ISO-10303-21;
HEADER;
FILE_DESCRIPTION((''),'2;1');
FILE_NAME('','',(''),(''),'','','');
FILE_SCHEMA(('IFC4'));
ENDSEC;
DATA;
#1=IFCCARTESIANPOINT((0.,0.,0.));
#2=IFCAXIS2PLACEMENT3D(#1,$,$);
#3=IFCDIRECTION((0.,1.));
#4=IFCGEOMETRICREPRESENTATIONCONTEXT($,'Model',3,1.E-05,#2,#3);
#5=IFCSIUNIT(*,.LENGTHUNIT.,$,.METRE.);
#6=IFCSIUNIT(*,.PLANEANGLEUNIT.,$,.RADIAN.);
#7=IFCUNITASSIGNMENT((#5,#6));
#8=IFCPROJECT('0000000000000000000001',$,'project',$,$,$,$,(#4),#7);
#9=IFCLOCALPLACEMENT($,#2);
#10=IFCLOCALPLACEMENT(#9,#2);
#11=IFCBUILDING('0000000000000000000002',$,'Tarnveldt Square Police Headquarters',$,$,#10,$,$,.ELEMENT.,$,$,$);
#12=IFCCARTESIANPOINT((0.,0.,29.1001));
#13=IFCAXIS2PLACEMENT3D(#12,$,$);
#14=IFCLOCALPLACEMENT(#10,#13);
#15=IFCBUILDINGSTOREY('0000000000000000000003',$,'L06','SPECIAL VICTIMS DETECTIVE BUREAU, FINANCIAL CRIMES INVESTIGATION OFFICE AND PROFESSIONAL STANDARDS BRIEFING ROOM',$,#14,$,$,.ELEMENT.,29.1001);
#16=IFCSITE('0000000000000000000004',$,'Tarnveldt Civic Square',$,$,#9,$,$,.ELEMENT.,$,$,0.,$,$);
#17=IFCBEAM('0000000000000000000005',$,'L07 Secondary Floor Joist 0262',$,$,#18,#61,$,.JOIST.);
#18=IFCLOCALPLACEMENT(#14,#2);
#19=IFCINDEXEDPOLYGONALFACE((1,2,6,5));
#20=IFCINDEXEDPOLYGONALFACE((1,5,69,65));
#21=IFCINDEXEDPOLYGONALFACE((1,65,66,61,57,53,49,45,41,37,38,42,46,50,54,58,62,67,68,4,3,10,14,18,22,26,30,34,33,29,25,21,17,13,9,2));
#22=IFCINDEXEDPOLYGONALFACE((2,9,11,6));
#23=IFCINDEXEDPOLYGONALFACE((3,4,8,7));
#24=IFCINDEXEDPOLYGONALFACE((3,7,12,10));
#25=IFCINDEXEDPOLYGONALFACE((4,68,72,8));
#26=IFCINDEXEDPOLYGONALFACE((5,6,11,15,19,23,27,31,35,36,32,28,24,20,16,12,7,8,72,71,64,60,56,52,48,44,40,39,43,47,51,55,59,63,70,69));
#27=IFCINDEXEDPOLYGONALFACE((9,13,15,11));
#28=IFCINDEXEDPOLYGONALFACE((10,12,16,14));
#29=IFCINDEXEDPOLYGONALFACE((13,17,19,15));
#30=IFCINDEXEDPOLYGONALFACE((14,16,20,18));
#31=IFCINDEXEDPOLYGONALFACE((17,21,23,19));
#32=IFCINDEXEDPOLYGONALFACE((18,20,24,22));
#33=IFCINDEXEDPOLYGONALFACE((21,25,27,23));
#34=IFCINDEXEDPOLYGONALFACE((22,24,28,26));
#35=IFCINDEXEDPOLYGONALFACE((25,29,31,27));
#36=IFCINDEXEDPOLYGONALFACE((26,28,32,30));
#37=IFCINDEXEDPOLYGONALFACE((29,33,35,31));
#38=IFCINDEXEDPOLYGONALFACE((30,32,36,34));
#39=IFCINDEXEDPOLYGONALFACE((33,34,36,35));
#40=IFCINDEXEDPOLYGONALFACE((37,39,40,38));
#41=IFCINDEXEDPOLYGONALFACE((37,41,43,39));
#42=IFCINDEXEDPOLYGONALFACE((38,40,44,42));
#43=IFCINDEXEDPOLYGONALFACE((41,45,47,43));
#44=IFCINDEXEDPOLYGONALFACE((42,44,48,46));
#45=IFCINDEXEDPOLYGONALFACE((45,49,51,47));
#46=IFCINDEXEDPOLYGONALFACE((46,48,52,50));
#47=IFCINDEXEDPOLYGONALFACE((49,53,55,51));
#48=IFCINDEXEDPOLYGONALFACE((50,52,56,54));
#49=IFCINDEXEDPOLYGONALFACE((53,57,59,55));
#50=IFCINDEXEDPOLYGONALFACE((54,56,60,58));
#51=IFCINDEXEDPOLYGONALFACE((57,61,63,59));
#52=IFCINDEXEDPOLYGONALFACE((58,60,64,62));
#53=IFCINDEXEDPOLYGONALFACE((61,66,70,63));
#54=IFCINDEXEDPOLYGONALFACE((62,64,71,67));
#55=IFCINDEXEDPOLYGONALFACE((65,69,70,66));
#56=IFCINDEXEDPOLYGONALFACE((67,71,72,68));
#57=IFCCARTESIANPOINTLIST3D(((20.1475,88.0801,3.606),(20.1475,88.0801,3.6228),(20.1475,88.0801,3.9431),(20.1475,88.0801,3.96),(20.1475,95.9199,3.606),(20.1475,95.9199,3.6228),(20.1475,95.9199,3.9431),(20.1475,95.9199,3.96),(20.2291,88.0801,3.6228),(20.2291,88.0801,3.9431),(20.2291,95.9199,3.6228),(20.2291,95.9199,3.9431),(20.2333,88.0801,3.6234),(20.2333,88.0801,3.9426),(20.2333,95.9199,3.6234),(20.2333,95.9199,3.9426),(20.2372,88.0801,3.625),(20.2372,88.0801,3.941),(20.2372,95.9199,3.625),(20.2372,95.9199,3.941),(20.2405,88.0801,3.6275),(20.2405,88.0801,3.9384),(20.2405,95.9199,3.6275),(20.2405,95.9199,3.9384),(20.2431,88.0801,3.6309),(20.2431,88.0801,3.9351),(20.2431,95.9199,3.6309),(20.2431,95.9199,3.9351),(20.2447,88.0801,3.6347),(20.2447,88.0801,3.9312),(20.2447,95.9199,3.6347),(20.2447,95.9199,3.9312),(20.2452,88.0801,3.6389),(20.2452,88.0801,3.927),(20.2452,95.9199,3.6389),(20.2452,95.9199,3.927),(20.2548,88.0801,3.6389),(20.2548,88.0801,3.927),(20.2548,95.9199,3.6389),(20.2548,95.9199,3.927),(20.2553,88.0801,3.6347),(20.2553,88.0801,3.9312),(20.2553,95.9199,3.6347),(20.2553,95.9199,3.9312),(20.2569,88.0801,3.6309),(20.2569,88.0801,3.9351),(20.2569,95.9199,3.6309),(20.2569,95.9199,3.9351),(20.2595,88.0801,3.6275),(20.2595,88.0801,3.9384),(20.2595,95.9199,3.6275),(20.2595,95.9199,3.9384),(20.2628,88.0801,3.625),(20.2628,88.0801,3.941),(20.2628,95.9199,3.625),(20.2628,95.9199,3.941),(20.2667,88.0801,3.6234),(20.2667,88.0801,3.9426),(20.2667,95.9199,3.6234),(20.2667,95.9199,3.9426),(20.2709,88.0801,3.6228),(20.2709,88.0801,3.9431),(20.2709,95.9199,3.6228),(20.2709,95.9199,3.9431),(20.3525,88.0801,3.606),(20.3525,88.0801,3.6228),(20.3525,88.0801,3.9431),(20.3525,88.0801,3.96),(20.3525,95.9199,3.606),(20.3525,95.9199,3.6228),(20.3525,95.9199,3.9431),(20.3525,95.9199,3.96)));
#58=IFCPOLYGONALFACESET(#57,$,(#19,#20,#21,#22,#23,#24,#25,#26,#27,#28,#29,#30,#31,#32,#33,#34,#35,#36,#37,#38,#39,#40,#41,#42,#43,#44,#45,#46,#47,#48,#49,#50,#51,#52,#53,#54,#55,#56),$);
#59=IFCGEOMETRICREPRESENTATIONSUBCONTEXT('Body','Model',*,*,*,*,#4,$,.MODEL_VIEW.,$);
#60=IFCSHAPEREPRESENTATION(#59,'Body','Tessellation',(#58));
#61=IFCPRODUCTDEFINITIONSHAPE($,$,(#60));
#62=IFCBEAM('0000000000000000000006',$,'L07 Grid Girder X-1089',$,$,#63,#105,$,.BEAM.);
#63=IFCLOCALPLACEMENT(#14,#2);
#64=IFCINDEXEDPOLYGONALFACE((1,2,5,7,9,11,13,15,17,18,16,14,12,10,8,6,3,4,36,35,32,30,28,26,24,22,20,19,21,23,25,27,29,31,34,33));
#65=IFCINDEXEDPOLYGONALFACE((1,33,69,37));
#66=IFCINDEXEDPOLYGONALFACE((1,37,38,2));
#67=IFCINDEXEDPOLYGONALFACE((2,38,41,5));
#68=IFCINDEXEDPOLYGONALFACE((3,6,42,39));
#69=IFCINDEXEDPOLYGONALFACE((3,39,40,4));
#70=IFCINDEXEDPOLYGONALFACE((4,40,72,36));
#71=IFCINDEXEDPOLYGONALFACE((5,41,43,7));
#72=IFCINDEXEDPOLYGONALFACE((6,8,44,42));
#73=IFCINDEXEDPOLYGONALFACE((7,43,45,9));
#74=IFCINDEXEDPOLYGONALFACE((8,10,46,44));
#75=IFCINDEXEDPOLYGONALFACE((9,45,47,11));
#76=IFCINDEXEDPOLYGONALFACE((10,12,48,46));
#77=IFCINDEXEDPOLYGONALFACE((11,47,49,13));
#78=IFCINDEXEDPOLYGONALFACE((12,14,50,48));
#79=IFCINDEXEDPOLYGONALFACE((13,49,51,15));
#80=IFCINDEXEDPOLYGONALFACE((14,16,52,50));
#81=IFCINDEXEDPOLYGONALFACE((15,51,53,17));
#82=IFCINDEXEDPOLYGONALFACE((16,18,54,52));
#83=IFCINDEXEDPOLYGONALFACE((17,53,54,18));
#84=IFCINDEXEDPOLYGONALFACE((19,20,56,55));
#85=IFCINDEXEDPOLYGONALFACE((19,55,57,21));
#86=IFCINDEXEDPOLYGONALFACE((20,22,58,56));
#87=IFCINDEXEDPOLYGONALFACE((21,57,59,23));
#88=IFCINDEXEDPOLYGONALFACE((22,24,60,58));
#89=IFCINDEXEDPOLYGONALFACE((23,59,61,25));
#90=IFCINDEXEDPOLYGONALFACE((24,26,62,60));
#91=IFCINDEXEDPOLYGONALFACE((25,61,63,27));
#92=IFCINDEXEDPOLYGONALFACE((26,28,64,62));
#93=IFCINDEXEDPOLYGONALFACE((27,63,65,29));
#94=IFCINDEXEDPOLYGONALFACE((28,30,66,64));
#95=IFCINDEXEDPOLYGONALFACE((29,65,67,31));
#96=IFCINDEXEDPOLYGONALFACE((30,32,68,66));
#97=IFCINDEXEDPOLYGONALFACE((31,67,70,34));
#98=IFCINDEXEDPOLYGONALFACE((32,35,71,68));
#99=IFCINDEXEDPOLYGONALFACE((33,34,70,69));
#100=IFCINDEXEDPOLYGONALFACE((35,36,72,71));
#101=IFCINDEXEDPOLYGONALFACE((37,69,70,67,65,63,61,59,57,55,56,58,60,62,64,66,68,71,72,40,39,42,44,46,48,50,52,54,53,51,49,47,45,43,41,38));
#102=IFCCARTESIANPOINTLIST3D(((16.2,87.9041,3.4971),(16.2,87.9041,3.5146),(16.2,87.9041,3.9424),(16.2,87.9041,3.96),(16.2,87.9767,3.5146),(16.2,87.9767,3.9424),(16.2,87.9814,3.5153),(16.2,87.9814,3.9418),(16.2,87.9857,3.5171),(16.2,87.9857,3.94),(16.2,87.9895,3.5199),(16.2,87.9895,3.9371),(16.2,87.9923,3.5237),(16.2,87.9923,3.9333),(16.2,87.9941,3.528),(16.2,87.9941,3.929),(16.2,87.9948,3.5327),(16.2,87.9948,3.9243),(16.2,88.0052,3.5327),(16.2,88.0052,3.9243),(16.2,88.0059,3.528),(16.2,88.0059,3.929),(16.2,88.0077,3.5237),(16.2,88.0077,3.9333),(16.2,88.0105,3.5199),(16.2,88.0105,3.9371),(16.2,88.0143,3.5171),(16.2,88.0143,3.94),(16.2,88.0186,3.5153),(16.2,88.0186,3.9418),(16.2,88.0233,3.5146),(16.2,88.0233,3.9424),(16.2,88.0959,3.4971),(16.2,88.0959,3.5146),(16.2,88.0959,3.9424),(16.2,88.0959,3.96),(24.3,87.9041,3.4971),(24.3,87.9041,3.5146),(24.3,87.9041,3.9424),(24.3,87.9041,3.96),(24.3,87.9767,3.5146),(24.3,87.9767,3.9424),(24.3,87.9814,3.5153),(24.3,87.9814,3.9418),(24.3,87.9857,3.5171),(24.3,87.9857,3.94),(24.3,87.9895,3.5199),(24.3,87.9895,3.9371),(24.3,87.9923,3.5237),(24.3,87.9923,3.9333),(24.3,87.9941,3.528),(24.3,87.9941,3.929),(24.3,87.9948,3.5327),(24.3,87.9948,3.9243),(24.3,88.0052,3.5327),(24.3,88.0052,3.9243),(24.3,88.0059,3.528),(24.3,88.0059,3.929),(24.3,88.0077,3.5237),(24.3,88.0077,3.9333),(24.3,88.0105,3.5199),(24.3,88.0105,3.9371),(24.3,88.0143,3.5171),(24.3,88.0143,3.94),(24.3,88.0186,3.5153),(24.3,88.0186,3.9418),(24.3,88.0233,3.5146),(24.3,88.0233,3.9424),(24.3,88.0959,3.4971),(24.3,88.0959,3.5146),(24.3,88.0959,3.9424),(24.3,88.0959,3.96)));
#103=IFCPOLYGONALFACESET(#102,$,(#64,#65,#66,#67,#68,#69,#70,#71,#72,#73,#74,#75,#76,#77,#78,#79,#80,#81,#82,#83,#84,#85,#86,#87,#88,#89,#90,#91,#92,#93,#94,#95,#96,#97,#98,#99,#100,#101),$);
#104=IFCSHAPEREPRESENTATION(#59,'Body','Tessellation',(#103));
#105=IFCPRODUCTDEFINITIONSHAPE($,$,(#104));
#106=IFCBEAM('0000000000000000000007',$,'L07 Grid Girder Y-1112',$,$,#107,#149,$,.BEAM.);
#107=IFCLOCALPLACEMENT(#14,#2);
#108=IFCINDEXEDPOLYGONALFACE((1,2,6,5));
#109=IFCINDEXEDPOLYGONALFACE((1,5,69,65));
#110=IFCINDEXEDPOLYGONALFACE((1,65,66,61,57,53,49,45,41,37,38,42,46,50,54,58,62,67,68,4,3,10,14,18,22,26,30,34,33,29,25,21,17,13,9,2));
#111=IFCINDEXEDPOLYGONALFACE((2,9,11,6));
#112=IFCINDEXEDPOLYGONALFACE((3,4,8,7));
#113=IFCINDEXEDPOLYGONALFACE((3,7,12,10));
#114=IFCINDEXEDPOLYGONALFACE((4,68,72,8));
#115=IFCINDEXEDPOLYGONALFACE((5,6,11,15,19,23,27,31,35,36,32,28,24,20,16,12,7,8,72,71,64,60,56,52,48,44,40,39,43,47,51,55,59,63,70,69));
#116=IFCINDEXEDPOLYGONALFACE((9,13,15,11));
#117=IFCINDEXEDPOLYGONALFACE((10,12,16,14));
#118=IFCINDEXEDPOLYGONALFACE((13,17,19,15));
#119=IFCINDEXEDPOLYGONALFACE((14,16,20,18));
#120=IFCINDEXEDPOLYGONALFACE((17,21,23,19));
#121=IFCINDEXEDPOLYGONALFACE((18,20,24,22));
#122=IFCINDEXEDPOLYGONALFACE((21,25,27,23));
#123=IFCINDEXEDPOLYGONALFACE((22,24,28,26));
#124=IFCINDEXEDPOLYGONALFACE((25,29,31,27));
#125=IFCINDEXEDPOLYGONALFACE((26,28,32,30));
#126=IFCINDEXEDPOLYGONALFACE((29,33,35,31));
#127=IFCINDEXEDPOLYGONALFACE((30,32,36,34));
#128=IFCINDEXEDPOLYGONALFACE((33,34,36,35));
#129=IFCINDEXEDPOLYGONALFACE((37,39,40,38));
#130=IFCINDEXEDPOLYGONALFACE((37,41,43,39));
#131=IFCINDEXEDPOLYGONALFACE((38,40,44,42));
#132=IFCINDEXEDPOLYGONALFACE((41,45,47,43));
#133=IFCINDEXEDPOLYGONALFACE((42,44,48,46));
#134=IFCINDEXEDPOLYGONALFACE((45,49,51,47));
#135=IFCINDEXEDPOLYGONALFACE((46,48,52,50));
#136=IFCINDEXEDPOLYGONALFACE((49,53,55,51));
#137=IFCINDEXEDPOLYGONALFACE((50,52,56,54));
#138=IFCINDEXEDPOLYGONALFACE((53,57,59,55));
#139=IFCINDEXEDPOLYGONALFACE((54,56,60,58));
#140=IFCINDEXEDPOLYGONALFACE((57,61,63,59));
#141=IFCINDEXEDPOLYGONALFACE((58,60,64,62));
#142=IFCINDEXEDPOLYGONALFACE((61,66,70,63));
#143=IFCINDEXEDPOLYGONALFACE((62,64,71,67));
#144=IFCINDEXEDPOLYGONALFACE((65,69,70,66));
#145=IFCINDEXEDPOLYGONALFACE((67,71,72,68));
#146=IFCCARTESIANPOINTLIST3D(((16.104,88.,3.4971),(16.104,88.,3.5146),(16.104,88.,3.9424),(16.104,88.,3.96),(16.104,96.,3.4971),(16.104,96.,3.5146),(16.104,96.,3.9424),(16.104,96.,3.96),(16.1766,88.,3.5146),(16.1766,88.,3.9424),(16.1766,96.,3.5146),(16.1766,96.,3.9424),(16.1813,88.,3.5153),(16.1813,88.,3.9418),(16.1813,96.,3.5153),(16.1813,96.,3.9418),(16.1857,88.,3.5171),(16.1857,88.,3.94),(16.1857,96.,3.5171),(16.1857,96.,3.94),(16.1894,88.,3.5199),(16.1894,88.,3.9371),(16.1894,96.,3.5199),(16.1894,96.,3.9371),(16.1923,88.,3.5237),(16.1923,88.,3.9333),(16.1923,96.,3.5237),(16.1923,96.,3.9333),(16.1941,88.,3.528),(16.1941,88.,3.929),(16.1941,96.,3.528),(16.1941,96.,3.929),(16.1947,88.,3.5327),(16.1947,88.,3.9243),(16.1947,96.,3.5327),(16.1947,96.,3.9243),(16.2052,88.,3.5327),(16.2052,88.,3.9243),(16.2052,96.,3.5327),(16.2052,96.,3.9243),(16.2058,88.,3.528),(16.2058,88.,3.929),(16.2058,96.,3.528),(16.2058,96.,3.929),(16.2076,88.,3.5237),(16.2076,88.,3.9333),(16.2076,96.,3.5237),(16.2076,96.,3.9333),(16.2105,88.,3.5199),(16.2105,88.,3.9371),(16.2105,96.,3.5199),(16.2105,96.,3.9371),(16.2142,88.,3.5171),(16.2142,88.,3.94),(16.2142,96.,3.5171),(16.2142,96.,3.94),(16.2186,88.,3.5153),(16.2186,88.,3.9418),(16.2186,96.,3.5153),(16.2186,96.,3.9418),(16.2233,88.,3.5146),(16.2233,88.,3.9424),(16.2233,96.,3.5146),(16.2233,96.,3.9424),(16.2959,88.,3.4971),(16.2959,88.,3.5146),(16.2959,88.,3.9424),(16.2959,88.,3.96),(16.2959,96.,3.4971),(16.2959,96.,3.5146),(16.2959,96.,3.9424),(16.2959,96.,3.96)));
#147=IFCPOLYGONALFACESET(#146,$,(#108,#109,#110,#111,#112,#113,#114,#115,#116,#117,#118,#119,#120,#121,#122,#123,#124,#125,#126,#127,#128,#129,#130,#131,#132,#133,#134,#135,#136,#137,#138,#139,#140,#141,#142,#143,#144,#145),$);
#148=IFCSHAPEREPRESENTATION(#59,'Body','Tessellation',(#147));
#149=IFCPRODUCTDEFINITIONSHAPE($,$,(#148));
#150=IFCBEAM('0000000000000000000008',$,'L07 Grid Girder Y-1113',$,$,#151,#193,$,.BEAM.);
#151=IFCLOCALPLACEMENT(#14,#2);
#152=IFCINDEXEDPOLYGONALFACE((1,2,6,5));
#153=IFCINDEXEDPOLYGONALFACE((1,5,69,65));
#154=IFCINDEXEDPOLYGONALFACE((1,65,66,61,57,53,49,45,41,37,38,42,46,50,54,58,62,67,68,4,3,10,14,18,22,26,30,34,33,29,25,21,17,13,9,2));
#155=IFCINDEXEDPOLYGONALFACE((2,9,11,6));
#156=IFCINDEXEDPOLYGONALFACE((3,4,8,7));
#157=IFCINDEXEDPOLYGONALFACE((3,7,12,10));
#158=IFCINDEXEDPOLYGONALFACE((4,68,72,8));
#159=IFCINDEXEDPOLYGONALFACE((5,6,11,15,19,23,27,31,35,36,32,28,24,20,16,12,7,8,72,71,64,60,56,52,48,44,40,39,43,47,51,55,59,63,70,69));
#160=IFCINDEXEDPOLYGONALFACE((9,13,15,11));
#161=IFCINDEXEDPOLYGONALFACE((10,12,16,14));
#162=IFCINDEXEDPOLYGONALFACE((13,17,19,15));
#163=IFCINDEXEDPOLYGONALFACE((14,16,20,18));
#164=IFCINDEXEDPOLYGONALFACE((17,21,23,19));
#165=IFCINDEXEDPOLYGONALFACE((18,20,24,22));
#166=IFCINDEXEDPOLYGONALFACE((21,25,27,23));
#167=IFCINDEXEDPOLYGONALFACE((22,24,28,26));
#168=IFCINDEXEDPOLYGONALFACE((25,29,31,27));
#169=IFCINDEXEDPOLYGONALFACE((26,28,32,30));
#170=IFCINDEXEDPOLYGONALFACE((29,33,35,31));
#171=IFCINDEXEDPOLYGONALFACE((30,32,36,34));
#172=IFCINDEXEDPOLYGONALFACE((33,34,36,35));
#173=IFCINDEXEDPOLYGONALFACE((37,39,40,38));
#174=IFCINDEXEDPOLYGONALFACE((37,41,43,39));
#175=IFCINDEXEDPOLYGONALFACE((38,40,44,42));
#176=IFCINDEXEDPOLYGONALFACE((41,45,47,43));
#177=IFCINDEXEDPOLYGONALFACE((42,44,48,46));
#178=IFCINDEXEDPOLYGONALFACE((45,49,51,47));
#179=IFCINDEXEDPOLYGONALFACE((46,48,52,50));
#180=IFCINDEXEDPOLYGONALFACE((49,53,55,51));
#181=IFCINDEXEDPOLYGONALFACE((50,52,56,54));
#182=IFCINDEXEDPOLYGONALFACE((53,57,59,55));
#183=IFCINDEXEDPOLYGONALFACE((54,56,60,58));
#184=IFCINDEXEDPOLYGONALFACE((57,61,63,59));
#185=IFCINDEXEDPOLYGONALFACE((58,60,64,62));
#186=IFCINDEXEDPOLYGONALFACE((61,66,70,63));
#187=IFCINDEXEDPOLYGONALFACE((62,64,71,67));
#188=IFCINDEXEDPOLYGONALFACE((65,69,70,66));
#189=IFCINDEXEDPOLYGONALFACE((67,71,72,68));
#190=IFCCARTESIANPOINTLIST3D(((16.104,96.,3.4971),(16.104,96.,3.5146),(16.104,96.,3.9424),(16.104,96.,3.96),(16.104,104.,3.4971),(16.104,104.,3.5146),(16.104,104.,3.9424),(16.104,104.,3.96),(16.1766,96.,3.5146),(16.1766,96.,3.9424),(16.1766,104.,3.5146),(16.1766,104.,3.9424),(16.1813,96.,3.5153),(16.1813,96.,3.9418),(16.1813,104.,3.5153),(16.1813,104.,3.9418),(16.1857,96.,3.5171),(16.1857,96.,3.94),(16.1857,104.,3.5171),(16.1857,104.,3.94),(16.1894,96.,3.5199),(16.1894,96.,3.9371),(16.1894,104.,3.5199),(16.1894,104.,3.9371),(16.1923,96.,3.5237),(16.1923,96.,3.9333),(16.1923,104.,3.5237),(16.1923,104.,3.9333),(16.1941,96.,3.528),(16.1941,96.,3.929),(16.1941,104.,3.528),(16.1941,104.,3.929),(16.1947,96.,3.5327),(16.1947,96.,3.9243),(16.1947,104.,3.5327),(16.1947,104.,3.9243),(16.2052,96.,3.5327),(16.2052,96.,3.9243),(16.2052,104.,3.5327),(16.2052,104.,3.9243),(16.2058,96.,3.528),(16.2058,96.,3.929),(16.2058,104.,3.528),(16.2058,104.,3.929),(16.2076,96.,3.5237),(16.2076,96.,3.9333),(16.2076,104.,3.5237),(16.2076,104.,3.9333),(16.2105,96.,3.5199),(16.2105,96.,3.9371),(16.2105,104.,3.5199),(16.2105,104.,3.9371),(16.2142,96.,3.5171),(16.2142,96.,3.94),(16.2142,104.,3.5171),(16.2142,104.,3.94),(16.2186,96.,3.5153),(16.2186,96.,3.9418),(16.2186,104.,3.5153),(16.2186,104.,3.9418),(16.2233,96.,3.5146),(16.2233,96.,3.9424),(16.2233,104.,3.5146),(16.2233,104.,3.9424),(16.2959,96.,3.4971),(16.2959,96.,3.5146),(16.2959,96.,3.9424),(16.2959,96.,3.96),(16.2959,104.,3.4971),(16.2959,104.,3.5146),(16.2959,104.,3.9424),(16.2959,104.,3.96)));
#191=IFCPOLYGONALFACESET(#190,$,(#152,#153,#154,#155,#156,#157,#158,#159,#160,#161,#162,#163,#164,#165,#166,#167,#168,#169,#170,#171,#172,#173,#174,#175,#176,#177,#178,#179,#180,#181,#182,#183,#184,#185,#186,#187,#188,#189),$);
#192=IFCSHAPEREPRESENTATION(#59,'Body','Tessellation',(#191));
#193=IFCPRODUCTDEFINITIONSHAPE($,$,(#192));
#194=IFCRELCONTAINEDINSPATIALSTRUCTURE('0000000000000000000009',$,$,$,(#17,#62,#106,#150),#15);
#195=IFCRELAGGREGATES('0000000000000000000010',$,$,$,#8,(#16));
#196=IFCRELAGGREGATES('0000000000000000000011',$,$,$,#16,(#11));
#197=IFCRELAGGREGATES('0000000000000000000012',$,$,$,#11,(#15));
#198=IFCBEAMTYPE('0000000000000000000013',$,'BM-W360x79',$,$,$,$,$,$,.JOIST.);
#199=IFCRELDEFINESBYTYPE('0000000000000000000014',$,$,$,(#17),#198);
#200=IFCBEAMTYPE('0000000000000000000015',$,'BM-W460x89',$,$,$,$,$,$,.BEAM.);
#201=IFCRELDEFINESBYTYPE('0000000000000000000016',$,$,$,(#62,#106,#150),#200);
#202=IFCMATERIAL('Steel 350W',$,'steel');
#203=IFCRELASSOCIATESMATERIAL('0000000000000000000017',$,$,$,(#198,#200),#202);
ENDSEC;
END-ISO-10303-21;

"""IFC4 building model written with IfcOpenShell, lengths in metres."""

from ifc_helpers import new_model, si_unit, direction, frame, origin, origin_2d, place, context, subcontext, project, spatial, i_section, extrude, material, material_profile, profile_set, type_object, element, save


model = new_model("IFC4")

# Units and contexts
model_context = context("Model", 3, precision=1e-05, world=origin(), true_north=direction((0.0, 1.0)))
body_context = subcontext(model_context, "Body", "Model", "MODEL_VIEW")
ifc_project = project(units=[si_unit("LENGTHUNIT", "METRE"), si_unit("PLANEANGLEUNIT", "RADIAN")], contexts=[model_context])

# Site, building, storey
site_placement = place(None, origin())
site = spatial("IfcSite", under=ifc_project, at=site_placement, Name="Tarnveldt Civic Square", CompositionType="ELEMENT", RefElevation=0.0)
building_placement = place(site_placement, origin())
building = spatial("IfcBuilding", under=site, at=building_placement, Name="Tarnveldt Square Police Headquarters", CompositionType="ELEMENT")
storey_placement = place(building_placement, frame((0.0, 0.0, 29.1001)))
storey = spatial("IfcBuildingStorey", under=building, at=storey_placement, Name="L06", Description="SPECIAL VICTIMS DETECTIVE BUREAU, FINANCIAL CRIMES INVESTIGATION OFFICE AND PROFESSIONAL STANDARDS BRIEFING ROOM", CompositionType="ELEMENT", Elevation=29.1001)

# Shared definitions
ifc_material_1 = material(Name="Steel 350W", Category="steel")

# Beams
ifc_material_profile_1 = material_profile(ifc_material_1, i_section(OverallWidth=0.2051, OverallDepth=0.354, WebThickness=0.0095, FlangeThickness=0.0168, FilletRadius=0.0161, at=origin_2d()), Name="W360x79")
ifc_profile_set_1 = profile_set([ifc_material_profile_1], Name="Steel 350W")
beam_type_1 = type_object("IfcBeamType", Name="BM-W360x79", PredefinedType="JOIST", material=ifc_profile_set_1)
beam_1_placement = place(storey_placement, frame((20.25, 88.0801, 3.783), z_axis=(0.0, 1.0, 0.0), x_axis=(-1.0, 0.0, 0.0)))
element("IfcBeam", 1, at=beam_1_placement, inside=storey, type_object=beam_type_1, Name="L07 Secondary Floor Joist 0262", PredefinedType="JOIST", context=body_context, shape_type="SweptSolid", body=[
    extrude(i_section(OverallWidth=0.2051, OverallDepth=0.354, WebThickness=0.0095, FlangeThickness=0.0168, FilletRadius=0.0161, at=origin_2d()), origin(), (0.0, 0.0, 1.0), 7.8398),
])
ifc_material_profile_2 = material_profile(ifc_material_1, i_section(OverallWidth=0.1919, OverallDepth=0.4629, WebThickness=0.0105, FlangeThickness=0.0176, FilletRadius=0.0181, at=origin_2d()), Name="W460x89")
ifc_profile_set_2 = profile_set([ifc_material_profile_2], Name="Steel 350W")
beam_type_2 = type_object("IfcBeamType", Name="BM-W460x89", PredefinedType="BEAM", material=ifc_profile_set_2)
beam_2_placement = place(storey_placement, frame((16.2, 88.0, 3.7285), z_axis=(1.0, 0.0, 0.0), x_axis=(0.0, 1.0, 0.0)))
element("IfcBeam", 2, at=beam_2_placement, inside=storey, type_object=beam_type_2, Name="L07 Grid Girder X-1089", PredefinedType="BEAM", context=body_context, shape_type="SweptSolid", body=[
    extrude(i_section(OverallWidth=0.1919, OverallDepth=0.4629, WebThickness=0.0105, FlangeThickness=0.0176, FilletRadius=0.0181, at=origin_2d()), origin(), (0.0, 0.0, 1.0), 8.1001),
])
for number, where, z_axis, x_axis, name in (
    (3, (16.2, 88.0, 3.7285), (0.0, 1.0, 0.0), (-1.0, 0.0, 0.0), "L07 Grid Girder Y-1112"),
    (4, (16.2, 96.0, 3.7285), (0.0, 1.0, 0.0), (-1.0, 0.0, 0.0), "L07 Grid Girder Y-1113"),
):
    element("IfcBeam", number, at=place(storey_placement, frame(where, z_axis=z_axis, x_axis=x_axis)), inside=storey, type_object=beam_type_2, Name=name, PredefinedType="BEAM", context=body_context, shape_type="SweptSolid", body=[
        extrude(i_section(OverallWidth=0.1919, OverallDepth=0.4629, WebThickness=0.0105, FlangeThickness=0.0176, FilletRadius=0.0181, at=origin_2d()), origin(), (0.0, 0.0, 1.0), 8.0),
    ])

save(model, "model.ifc")
